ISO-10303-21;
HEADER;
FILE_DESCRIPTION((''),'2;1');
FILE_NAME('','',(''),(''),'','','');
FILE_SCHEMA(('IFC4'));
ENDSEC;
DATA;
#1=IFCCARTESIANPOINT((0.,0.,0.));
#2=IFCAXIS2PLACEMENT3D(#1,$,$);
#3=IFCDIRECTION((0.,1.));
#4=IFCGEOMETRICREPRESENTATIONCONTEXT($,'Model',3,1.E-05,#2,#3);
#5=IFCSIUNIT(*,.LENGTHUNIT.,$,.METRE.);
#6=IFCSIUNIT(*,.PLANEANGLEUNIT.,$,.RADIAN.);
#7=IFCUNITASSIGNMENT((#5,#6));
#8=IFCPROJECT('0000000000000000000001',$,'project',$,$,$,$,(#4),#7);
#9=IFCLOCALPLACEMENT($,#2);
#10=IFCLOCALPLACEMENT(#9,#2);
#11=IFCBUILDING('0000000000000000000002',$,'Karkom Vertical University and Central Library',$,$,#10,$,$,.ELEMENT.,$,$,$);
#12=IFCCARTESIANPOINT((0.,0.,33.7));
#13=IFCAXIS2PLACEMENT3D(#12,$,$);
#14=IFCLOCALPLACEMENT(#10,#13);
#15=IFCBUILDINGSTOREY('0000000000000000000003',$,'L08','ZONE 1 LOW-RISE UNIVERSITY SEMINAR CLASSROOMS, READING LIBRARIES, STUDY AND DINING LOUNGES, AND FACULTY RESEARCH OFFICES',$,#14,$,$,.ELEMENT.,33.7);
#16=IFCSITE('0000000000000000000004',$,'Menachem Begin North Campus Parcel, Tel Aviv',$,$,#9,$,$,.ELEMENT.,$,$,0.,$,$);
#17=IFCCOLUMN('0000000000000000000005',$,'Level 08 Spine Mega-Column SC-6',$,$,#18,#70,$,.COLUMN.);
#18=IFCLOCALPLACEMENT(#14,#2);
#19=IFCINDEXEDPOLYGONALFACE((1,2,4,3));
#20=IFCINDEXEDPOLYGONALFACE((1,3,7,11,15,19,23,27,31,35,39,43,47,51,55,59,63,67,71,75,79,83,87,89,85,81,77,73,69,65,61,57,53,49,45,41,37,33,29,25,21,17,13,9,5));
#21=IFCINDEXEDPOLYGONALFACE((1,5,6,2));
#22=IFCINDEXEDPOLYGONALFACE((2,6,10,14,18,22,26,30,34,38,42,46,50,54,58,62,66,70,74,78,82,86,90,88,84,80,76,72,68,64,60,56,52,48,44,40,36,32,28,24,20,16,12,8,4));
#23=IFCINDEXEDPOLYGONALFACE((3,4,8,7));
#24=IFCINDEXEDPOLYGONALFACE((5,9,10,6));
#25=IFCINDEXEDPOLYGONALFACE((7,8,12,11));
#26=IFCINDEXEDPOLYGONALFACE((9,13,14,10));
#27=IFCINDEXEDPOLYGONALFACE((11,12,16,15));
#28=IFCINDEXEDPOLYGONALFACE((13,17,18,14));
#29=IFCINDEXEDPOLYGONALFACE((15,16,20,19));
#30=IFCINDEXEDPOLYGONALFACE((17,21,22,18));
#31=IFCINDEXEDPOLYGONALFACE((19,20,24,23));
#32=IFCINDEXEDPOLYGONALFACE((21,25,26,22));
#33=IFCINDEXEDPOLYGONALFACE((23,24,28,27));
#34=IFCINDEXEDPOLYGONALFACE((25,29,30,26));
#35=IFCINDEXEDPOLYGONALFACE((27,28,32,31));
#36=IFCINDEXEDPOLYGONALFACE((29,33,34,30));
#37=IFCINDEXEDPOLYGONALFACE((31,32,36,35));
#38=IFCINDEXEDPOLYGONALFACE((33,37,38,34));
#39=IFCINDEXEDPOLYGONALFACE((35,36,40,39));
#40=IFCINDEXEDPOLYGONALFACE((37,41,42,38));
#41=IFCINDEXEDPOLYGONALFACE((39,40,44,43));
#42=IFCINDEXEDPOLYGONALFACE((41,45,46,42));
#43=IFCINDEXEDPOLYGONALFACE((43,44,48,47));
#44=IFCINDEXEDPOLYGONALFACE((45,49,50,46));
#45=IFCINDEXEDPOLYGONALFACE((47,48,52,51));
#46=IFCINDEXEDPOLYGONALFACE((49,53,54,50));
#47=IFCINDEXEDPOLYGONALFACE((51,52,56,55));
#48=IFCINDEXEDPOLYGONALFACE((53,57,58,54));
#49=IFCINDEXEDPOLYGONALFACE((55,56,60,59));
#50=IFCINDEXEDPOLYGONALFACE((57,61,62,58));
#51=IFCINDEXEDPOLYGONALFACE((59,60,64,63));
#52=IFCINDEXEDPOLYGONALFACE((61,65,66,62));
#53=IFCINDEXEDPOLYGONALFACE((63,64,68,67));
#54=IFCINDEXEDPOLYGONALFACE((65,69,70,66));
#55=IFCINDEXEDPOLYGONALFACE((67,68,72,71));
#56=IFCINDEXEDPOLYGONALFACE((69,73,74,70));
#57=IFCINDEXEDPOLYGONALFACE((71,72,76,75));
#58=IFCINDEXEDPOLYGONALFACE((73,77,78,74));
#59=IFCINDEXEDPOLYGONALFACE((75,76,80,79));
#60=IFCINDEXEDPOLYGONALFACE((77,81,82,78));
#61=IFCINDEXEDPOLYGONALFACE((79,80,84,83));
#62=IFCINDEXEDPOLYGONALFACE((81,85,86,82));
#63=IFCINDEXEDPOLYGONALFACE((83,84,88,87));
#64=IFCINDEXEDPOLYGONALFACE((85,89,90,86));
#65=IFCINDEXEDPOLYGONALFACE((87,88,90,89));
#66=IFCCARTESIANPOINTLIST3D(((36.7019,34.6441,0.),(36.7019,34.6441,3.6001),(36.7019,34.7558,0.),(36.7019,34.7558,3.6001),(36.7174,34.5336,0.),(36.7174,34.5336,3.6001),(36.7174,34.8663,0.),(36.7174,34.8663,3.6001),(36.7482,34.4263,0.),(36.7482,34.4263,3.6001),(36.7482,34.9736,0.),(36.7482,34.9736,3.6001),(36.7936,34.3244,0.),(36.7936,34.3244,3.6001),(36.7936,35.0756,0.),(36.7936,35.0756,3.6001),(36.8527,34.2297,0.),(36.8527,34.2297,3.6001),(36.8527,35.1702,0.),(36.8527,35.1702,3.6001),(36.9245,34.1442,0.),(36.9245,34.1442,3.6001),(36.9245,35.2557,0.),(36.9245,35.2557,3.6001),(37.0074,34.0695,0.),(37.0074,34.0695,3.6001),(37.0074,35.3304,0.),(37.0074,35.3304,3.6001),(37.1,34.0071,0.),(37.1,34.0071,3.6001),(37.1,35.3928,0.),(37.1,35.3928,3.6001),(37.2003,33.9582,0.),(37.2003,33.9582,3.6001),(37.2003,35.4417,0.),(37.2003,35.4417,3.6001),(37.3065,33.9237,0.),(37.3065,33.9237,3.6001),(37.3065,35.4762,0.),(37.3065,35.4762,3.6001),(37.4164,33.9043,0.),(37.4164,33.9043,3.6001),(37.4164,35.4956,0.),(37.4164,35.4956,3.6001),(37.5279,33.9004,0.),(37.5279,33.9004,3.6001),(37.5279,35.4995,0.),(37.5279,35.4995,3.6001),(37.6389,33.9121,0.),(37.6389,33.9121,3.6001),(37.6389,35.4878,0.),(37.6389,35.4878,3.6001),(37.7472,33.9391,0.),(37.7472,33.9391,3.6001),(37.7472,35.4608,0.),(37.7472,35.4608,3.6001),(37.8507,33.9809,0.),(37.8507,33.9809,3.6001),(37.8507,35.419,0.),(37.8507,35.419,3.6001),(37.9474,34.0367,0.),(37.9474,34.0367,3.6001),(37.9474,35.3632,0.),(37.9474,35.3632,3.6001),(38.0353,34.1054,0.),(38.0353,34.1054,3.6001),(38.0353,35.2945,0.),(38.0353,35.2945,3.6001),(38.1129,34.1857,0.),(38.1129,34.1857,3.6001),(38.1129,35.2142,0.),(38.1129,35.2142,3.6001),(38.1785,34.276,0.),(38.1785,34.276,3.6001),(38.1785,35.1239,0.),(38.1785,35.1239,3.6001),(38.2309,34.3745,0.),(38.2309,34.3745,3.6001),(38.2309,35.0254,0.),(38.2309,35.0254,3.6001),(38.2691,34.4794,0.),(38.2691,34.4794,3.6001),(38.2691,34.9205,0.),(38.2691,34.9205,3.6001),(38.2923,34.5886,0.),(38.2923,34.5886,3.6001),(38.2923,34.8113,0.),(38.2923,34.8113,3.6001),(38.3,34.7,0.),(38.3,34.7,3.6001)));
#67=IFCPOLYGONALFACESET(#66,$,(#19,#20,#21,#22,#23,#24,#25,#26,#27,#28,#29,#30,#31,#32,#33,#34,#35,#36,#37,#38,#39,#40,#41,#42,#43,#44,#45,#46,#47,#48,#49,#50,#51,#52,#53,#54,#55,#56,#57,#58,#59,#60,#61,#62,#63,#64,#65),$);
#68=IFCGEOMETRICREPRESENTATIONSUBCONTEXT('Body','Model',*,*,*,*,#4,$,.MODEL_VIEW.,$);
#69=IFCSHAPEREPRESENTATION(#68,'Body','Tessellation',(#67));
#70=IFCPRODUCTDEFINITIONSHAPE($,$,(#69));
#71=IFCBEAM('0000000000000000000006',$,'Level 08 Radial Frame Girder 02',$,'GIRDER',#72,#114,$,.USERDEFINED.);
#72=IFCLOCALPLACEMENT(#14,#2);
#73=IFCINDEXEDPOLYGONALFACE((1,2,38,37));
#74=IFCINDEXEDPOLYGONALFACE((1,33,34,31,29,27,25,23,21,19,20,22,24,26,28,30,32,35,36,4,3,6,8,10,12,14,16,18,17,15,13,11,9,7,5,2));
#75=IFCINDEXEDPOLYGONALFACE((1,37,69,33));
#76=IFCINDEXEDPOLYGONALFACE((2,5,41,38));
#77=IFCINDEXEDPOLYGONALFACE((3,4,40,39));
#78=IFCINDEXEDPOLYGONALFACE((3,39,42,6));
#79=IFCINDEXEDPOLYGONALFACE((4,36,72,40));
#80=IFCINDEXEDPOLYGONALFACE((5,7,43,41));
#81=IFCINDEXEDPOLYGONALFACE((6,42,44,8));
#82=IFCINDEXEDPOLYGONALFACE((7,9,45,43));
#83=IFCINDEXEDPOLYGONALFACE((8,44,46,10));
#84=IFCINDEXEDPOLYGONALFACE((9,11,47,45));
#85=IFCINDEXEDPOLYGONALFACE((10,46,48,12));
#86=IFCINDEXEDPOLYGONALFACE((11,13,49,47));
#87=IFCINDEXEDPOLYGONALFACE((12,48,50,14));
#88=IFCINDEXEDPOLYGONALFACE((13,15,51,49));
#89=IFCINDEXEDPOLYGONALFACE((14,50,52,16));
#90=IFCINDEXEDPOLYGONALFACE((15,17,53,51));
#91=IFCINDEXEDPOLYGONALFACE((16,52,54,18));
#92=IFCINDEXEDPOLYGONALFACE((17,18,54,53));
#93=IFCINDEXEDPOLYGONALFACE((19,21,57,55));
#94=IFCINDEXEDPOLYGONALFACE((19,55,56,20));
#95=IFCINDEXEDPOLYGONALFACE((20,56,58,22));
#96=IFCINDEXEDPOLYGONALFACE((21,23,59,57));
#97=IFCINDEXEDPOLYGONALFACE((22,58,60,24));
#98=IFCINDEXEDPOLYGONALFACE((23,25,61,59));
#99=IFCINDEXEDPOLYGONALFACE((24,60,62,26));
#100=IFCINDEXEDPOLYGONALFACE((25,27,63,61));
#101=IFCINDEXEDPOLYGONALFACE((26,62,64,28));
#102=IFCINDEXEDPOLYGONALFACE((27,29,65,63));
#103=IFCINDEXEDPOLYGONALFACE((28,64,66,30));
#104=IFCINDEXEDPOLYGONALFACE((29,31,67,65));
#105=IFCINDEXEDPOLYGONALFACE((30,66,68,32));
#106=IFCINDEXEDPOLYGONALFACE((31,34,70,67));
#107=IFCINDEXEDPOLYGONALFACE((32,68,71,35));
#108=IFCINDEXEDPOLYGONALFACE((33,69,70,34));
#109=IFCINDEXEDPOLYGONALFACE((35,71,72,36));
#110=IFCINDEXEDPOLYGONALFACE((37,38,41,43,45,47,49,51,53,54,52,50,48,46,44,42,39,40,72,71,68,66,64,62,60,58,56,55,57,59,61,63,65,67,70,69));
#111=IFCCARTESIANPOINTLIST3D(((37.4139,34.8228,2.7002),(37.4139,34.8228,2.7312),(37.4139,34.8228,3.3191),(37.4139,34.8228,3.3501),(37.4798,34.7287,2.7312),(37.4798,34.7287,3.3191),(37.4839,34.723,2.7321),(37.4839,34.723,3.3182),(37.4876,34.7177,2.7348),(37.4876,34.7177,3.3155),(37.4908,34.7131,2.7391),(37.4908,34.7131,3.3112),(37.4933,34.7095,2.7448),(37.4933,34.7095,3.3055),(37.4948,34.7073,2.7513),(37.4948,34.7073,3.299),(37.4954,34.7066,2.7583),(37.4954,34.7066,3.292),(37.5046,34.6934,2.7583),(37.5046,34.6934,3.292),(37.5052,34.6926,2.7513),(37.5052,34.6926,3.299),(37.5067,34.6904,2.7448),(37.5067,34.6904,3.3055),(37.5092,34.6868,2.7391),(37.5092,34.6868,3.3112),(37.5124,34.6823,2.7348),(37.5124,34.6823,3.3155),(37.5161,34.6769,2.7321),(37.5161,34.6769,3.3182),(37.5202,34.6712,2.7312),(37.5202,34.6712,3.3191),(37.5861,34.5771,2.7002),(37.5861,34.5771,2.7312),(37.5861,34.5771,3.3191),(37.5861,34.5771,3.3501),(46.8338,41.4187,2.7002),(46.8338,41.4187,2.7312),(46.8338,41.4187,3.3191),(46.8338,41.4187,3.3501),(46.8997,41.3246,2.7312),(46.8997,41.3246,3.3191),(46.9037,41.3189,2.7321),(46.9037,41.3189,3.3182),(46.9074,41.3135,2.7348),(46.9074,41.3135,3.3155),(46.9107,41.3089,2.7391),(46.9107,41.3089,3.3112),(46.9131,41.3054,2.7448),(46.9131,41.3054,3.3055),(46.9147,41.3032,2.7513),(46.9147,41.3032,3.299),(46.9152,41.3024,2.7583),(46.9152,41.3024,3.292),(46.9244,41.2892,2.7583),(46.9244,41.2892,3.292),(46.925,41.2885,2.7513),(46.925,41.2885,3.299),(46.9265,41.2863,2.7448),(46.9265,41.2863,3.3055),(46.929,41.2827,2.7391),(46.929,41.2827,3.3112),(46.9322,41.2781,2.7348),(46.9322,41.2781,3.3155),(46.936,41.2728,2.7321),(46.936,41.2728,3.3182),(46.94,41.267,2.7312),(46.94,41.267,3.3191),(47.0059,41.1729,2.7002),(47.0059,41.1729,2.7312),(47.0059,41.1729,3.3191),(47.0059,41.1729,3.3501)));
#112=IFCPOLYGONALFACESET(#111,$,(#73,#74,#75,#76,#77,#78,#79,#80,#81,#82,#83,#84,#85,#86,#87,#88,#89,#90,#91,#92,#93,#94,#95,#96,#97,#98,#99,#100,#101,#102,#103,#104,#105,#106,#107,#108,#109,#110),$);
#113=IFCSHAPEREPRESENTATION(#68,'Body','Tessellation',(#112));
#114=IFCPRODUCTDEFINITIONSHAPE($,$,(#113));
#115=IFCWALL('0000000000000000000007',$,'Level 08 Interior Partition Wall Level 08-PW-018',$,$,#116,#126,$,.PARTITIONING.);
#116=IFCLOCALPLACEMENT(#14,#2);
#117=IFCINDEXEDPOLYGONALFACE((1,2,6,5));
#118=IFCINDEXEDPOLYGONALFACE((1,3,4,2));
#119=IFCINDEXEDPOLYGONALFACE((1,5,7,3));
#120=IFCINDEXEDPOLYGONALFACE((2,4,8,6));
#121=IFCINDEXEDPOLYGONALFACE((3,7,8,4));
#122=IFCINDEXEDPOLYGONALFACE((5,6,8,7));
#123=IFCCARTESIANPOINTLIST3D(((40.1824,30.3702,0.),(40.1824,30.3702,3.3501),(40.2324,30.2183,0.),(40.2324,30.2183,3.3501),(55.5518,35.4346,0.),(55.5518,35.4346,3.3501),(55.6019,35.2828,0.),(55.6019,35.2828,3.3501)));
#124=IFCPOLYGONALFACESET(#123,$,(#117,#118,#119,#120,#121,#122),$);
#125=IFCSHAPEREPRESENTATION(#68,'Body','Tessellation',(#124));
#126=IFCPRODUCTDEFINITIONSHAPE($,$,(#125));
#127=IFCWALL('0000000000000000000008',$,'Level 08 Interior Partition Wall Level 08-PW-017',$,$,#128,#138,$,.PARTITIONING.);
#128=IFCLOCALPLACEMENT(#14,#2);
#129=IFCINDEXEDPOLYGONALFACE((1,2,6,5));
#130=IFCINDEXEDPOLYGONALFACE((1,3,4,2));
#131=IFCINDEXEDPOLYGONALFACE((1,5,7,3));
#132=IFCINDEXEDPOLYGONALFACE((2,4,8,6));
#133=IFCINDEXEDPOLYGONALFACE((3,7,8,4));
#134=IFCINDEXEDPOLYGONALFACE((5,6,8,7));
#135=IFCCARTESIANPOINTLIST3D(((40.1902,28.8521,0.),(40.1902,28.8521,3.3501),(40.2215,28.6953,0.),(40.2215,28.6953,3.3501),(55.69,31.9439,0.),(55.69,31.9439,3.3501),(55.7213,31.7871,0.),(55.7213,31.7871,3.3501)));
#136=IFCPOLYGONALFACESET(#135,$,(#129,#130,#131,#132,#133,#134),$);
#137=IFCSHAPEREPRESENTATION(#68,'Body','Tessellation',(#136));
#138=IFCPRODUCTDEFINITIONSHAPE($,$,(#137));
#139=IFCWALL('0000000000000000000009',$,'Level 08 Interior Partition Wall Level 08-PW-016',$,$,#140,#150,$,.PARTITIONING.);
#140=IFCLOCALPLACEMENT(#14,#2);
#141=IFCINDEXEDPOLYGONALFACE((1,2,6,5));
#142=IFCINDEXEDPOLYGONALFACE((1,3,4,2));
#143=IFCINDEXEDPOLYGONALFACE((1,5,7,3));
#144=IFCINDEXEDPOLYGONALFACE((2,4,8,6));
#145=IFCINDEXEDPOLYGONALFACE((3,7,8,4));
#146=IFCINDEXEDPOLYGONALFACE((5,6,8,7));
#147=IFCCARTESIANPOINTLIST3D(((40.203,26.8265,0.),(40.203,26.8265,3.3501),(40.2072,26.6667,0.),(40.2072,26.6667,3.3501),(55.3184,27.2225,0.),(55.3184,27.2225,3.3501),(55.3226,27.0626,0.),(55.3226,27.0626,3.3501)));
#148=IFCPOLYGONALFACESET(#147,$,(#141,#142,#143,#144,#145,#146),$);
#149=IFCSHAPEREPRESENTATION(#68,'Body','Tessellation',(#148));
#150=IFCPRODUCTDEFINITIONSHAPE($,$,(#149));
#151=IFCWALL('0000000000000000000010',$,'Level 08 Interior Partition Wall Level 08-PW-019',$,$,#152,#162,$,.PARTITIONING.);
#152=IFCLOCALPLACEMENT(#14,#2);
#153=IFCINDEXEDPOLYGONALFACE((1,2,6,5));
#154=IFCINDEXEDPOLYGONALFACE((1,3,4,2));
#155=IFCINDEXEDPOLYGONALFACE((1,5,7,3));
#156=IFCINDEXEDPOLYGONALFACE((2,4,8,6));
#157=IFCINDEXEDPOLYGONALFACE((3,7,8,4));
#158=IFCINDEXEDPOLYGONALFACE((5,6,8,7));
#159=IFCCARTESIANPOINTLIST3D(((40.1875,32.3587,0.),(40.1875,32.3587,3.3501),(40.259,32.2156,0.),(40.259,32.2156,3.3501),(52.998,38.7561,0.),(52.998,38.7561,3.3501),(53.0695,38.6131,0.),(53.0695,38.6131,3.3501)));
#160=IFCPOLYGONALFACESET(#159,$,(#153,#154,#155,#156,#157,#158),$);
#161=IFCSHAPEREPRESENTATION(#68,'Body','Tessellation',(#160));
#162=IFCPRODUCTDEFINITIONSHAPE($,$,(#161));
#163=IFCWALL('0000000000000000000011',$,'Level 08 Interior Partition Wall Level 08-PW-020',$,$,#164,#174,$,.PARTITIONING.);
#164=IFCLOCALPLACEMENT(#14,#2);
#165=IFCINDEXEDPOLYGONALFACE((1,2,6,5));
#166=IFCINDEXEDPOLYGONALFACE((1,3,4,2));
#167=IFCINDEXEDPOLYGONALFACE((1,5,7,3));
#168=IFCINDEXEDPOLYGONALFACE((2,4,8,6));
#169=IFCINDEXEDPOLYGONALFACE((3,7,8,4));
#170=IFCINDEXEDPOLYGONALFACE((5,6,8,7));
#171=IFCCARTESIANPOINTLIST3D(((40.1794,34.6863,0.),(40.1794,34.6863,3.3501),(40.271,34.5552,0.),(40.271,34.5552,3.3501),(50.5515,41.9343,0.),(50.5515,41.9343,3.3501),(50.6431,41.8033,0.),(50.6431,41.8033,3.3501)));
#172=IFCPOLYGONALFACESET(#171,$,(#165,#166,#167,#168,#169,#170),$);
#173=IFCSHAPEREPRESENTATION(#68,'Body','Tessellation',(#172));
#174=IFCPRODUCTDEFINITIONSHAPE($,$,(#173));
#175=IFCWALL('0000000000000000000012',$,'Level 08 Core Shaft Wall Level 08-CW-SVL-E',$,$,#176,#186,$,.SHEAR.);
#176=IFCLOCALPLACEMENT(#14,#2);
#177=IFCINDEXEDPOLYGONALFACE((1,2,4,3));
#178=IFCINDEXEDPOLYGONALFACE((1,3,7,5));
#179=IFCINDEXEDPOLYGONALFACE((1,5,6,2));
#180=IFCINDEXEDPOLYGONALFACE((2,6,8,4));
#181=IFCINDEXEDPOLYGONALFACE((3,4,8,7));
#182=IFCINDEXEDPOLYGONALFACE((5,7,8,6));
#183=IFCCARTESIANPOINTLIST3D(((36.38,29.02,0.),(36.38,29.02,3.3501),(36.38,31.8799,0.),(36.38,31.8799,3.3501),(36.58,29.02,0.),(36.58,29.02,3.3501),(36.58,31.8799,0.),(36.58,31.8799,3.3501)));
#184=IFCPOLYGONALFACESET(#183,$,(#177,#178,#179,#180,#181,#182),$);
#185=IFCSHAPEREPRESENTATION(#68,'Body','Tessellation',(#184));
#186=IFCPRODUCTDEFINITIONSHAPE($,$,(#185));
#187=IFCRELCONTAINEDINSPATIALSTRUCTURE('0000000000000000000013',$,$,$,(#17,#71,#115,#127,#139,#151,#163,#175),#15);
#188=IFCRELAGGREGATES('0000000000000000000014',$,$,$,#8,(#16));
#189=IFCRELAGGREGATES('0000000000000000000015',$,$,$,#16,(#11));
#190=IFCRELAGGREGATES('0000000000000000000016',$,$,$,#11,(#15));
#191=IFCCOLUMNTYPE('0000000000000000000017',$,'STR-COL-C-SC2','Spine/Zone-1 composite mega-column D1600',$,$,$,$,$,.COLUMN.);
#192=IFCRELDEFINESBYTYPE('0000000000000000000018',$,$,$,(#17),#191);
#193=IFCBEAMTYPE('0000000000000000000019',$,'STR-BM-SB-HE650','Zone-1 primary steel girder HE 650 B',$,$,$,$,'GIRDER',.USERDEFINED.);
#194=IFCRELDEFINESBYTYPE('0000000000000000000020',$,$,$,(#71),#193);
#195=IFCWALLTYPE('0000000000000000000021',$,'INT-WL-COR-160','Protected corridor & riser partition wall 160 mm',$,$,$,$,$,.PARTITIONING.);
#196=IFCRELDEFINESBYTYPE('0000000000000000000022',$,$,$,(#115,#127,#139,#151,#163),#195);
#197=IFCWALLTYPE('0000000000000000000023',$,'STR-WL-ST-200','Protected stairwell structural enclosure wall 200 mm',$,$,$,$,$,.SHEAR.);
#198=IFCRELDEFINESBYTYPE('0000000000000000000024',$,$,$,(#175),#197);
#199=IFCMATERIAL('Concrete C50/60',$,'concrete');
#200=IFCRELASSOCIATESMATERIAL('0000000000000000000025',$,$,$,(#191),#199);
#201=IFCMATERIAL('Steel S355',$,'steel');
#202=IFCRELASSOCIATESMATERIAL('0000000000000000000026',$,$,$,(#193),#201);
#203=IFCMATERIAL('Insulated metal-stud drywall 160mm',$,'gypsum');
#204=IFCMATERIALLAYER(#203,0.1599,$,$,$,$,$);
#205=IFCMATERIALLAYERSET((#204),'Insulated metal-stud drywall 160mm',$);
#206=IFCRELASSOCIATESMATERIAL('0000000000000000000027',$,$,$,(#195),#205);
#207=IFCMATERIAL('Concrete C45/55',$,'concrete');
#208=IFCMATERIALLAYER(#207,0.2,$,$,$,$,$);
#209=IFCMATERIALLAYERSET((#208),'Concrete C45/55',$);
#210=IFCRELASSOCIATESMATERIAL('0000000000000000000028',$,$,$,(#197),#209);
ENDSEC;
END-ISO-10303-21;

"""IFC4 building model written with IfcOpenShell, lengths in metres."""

from ifc_helpers import new_model, si_unit, direction, frame, frame_2d, origin, origin_with_axes, origin_2d, place, context, subcontext, project, spatial, rectangle, circle, i_section, extrude, source, transform, mapped, material, layer, layer_set, material_profile, profile_set, type_object, element, save


model = new_model("IFC4")

# Units and contexts
model_context = context("Model", 3, precision=1e-05, world=origin(), true_north=direction((0.0, 1.0)))
body_context = subcontext(model_context, "Body", "Model", "MODEL_VIEW")
ifc_project = project(units=[si_unit("LENGTHUNIT", "METRE"), si_unit("PLANEANGLEUNIT", "RADIAN")], contexts=[model_context])

# Site, building, storey
site_placement = place(None, origin())
site = spatial("IfcSite", under=ifc_project, at=site_placement, Name="Menachem Begin North Campus Parcel, Tel Aviv", CompositionType="ELEMENT", RefElevation=0.0)
building_placement = place(site_placement, origin())
building = spatial("IfcBuilding", under=site, at=building_placement, Name="Karkom Vertical University and Central Library", CompositionType="ELEMENT")
storey_placement = place(building_placement, frame((0.0, 0.0, 33.7)))
storey = spatial("IfcBuildingStorey", under=building, at=storey_placement, Name="L08", Description="ZONE 1 LOW-RISE UNIVERSITY SEMINAR CLASSROOMS, READING LIBRARIES, STUDY AND DINING LOUNGES, AND FACULTY RESEARCH OFFICES", CompositionType="ELEMENT", Elevation=33.7)

# Column
ifc_material_1 = material(Name="Concrete C50/60", Category="concrete")
ifc_material_profile_1 = material_profile(ifc_material_1, circle(Radius=0.8, at=origin_2d()), Name="CFT-D1600")
ifc_profile_set_1 = profile_set([ifc_material_profile_1], Name="Concrete C50/60")
column_type = type_object("IfcColumnType", Name="STR-COL-C-SC2", Description="Spine/Zone-1 composite mega-column D1600", PredefinedType="COLUMN", material=ifc_profile_set_1)
shared_shape_1 = source(origin_with_axes(), body_context, "Body", "SweptSolid", [
    extrude(circle(Radius=0.8, at=origin_2d()), origin(), (0.0, 0.0, 1.0), 3.6001),
])
column_placement = place(storey_placement, frame((37.5, 34.7, 0.0), z_axis=(0.0, 0.0, 1.0), x_axis=(1.0, 0.0, 0.0)))
element("IfcColumn", 1, at=column_placement, inside=storey, type_object=column_type, Name="Level 08 Spine Mega-Column SC-6", PredefinedType="COLUMN", context=body_context, shape_type="MappedRepresentation", body=[
    mapped(shared_shape_1, transform((0.0, 0.0, 0.0), scale=1.0)),
])

# Beam
ifc_material_2 = material(Name="Steel S355", Category="steel")
ifc_material_profile_2 = material_profile(ifc_material_2, i_section(OverallWidth=0.3, OverallDepth=0.6499, WebThickness=0.0161, FlangeThickness=0.031, FilletRadius=0.0271, at=origin_2d()), Name="HE 650 B")
ifc_profile_set_2 = profile_set([ifc_material_profile_2], Name="Steel S355")
beam_type = type_object("IfcBeamType", Name="STR-BM-SB-HE650", Description="Zone-1 primary steel girder HE 650 B", ElementType="GIRDER", PredefinedType="USERDEFINED", material=ifc_profile_set_2)
shared_shape_2 = source(origin_with_axes(), body_context, "Body", "SweptSolid", [
    extrude(i_section(OverallWidth=0.3, OverallDepth=0.6499, WebThickness=0.0161, FlangeThickness=0.031, FilletRadius=0.0271, at=origin_2d()), origin(), (0.0, 0.0, 1.0), 11.4995),
])
beam_placement = place(storey_placement, frame((37.5, 34.7, 3.0251), z_axis=(0.81915, 0.573579, 0.0), x_axis=(-0.573579, 0.81915, 0.0)))
element("IfcBeam", 2, at=beam_placement, inside=storey, type_object=beam_type, Name="Level 08 Radial Frame Girder 02", ObjectType="GIRDER", PredefinedType="USERDEFINED", context=body_context, shape_type="MappedRepresentation", body=[
    mapped(shared_shape_2, transform((0.0, 0.0, 0.0), scale=1.0)),
])

# Walls
ifc_material_3 = material(Name="Insulated metal-stud drywall 160mm", Category="gypsum")
ifc_layer_1 = layer(ifc_material_3, 0.1599)
ifc_layer_set_1 = layer_set([ifc_layer_1], Name="Insulated metal-stud drywall 160mm")
wall_type_1 = type_object("IfcWallType", Name="INT-WL-COR-160", Description="Protected corridor & riser partition wall 160 mm", PredefinedType="PARTITIONING", material=ifc_layer_set_1)
wall_1_placement = place(storey_placement, frame((40.2073, 30.2942, 0.0), z_axis=(0.0, 0.0, 1.0), x_axis=(0.949765, 0.312963, 0.0)))
element("IfcWall", 3, at=wall_1_placement, inside=storey, type_object=wall_type_1, Name="Level 08 Interior Partition Wall Level 08-PW-018", PredefinedType="PARTITIONING", context=body_context, shape_type="SweptSolid", body=[
    extrude(rectangle(XDim=16.1824, YDim=0.1599, at=frame_2d((8.0913, 0.0))), origin(), (0.0, 0.0, 1.0), 3.3501),
])
wall_2_placement = place(storey_placement, frame((40.2058, 28.7737, 0.0), z_axis=(0.0, 0.0, 1.0), x_axis=(0.98068, 0.19562, 0.0)))
element("IfcWall", 4, at=wall_2_placement, inside=storey, type_object=wall_type_1, Name="Level 08 Interior Partition Wall Level 08-PW-017", PredefinedType="PARTITIONING", context=body_context, shape_type="SweptSolid", body=[
    extrude(rectangle(XDim=15.8052, YDim=0.1599, at=frame_2d((7.9026, 0.0))), origin(), (0.0, 0.0, 1.0), 3.3501),
])
wall_3_placement = place(storey_placement, frame((40.2051, 26.7466, 0.0), z_axis=(0.0, 0.0, 1.0), x_axis=(0.999657, 0.026189, 0.0)))
element("IfcWall", 5, at=wall_3_placement, inside=storey, type_object=wall_type_1, Name="Level 08 Interior Partition Wall Level 08-PW-016", PredefinedType="PARTITIONING", context=body_context, shape_type="SweptSolid", body=[
    extrude(rectangle(XDim=15.1206, YDim=0.1599, at=frame_2d((7.5603, 0.0))), origin(), (0.0, 0.0, 1.0), 3.3501),
])
wall_4_placement = place(storey_placement, frame((40.2231, 32.2871, 0.0), z_axis=(0.0, 0.0, 1.0), x_axis=(0.894645, 0.446777, 0.0)))
element("IfcWall", 6, at=wall_4_placement, inside=storey, type_object=wall_type_1, Name="Level 08 Interior Partition Wall Level 08-PW-019", PredefinedType="PARTITIONING", context=body_context, shape_type="SweptSolid", body=[
    extrude(rectangle(XDim=14.3191, YDim=0.1599, at=frame_2d((7.1597, 0.0))), origin(), (0.0, 0.0, 1.0), 3.3501),
])
wall_5_placement = place(storey_placement, frame((40.2253, 34.6208, 0.0), z_axis=(0.0, 0.0, 1.0), x_axis=(0.819692, 0.572804, 0.0)))
element("IfcWall", 7, at=wall_5_placement, inside=storey, type_object=wall_type_1, Name="Level 08 Interior Partition Wall Level 08-PW-020", PredefinedType="PARTITIONING", context=body_context, shape_type="SweptSolid", body=[
    extrude(rectangle(XDim=12.6536, YDim=0.1599, at=frame_2d((6.3267, 0.0))), origin(), (0.0, 0.0, 1.0), 3.3501),
])

# Wall
ifc_material_4 = material(Name="Concrete C45/55", Category="concrete")
ifc_layer_2 = layer(ifc_material_4, 0.2)
ifc_layer_set_2 = layer_set([ifc_layer_2], Name="Concrete C45/55")
wall_type_2 = type_object("IfcWallType", Name="STR-WL-ST-200", Description="Protected stairwell structural enclosure wall 200 mm", PredefinedType="SHEAR", material=ifc_layer_set_2)
wall_6_placement = place(storey_placement, frame((36.48, 29.02, 0.0), z_axis=(0.0, 0.0, 1.0), x_axis=(0.0, 1.0, 0.0)))
element("IfcWall", 8, at=wall_6_placement, inside=storey, type_object=wall_type_2, Name="Level 08 Core Shaft Wall Level 08-CW-SVL-E", PredefinedType="SHEAR", context=body_context, shape_type="SweptSolid", body=[
    extrude(rectangle(XDim=2.8599, YDim=0.2, at=frame_2d((1.4299, 0.0))), origin(), (0.0, 0.0, 1.0), 3.3501),
])

save(model, "model.ifc")
